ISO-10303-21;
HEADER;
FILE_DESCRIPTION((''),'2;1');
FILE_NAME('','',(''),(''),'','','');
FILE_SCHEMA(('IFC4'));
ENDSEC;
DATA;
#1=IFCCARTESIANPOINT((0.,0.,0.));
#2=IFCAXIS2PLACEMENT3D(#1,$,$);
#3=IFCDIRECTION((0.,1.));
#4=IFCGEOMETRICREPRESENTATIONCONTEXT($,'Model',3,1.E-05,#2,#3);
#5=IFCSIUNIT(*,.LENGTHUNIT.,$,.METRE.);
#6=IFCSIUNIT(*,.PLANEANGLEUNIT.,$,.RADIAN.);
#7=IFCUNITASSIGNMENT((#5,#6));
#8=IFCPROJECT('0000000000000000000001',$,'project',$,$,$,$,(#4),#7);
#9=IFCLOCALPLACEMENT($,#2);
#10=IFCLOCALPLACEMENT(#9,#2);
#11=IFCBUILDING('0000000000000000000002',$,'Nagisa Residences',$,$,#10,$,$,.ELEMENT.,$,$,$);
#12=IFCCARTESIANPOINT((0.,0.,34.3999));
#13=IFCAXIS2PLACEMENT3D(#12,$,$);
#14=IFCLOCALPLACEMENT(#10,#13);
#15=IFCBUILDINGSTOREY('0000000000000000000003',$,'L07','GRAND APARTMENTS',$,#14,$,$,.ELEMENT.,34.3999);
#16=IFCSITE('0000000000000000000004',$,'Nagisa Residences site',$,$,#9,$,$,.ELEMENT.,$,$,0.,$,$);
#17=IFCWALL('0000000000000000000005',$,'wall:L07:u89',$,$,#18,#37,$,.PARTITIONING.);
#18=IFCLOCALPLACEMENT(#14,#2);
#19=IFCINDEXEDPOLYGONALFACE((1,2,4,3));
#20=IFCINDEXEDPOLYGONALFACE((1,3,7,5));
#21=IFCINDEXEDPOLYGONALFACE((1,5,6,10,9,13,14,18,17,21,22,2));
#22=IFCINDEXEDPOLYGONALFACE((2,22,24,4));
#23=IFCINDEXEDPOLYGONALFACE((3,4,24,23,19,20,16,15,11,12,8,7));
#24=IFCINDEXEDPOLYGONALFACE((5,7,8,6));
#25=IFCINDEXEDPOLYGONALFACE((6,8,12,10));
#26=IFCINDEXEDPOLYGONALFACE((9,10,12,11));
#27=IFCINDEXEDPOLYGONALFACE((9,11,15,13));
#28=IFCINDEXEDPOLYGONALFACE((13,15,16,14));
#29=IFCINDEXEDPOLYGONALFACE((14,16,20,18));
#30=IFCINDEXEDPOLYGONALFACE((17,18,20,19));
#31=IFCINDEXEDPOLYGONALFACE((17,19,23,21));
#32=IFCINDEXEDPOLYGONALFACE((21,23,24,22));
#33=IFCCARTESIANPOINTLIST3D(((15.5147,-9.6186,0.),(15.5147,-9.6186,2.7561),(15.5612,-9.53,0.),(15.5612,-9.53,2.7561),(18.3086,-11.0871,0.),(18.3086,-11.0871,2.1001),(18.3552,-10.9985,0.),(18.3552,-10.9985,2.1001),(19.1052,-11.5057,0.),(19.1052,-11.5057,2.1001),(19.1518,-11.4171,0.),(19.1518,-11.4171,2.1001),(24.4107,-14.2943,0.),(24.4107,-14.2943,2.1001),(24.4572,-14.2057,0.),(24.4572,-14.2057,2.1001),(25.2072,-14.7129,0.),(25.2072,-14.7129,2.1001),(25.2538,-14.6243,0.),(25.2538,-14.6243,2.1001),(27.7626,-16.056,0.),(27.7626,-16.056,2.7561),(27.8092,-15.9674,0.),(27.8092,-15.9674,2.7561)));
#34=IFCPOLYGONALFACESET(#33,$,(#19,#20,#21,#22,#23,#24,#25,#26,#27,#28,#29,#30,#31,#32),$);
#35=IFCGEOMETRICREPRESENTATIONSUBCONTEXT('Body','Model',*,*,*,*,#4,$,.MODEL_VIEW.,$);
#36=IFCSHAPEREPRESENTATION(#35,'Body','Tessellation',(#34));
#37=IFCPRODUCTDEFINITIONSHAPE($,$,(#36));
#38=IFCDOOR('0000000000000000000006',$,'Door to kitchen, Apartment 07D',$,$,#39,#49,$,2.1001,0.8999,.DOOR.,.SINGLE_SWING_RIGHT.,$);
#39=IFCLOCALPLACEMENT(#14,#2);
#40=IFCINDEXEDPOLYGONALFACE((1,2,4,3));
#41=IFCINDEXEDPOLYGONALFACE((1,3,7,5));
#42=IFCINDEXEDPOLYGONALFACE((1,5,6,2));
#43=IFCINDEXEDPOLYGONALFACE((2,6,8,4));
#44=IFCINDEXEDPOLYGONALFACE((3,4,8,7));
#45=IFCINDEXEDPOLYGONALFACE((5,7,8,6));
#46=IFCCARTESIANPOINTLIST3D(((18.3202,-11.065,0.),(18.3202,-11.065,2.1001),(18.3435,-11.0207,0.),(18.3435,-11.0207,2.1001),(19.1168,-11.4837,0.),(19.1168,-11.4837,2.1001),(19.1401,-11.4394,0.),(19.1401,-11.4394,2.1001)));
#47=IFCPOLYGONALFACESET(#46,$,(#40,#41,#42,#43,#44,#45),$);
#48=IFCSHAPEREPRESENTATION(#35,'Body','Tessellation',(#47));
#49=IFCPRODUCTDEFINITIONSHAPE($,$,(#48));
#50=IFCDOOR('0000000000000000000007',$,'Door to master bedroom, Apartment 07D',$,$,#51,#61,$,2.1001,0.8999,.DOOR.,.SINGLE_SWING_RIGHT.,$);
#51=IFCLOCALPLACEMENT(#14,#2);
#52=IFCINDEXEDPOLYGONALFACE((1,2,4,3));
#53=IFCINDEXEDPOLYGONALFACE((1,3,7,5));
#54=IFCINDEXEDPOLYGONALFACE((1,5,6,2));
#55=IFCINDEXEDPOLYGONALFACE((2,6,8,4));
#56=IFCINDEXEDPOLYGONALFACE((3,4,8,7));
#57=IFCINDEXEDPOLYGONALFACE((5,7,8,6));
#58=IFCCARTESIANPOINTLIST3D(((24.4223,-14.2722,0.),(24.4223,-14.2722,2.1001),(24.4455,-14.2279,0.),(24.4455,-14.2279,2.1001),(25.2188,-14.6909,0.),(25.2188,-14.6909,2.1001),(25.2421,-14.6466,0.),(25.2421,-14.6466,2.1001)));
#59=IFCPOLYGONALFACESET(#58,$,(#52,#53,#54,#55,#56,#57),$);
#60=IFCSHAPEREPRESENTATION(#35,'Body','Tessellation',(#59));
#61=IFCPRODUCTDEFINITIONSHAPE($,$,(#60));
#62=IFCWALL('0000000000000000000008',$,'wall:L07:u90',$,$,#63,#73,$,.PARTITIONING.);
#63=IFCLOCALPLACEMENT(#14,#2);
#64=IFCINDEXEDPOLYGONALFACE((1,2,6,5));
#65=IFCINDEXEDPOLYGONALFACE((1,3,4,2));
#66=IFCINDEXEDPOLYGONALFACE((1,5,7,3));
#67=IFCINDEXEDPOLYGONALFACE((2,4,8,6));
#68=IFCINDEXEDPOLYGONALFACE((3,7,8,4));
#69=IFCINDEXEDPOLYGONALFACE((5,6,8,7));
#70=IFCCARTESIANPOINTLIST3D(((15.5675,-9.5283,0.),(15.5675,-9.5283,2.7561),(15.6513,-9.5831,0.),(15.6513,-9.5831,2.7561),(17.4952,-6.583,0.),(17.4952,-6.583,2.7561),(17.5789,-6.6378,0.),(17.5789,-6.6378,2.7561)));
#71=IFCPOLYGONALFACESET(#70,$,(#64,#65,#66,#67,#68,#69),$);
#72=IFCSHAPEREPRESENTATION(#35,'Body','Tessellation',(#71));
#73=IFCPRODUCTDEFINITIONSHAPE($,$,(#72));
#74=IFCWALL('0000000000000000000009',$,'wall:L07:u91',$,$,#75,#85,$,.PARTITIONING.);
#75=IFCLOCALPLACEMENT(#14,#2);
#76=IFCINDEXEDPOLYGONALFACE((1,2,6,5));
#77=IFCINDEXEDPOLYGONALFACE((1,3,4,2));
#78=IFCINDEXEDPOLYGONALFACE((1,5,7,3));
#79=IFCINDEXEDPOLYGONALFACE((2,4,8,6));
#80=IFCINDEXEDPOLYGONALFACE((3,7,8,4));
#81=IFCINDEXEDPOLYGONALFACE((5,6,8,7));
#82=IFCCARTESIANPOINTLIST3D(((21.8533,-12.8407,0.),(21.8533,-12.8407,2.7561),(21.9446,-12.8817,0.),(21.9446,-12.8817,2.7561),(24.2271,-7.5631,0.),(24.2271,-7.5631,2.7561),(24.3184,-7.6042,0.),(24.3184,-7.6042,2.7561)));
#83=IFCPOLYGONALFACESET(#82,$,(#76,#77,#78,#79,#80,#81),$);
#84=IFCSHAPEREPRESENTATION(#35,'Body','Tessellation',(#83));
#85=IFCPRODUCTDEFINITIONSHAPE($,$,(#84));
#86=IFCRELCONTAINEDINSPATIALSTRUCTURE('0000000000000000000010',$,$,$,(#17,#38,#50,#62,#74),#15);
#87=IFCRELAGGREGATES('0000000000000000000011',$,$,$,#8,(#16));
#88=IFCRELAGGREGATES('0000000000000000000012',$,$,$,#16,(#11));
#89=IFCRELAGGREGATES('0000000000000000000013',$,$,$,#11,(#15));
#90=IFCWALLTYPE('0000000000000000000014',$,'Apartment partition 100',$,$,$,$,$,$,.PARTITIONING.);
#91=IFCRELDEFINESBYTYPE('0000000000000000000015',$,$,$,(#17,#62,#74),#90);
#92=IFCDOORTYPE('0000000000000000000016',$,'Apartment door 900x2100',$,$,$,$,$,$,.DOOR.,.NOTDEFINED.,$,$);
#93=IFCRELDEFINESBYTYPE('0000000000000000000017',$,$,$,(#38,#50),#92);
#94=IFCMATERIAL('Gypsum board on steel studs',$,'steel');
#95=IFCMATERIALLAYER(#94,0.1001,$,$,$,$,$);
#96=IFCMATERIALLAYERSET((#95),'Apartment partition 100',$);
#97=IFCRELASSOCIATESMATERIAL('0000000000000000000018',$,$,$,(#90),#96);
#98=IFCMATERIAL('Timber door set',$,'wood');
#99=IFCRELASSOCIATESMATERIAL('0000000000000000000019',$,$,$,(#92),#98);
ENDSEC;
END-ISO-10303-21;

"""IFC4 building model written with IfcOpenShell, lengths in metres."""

from ifc_helpers import new_model, si_unit, direction, frame, frame_2d, origin, place, context, subcontext, project, spatial, rectangle, extrude, material, layer, layer_set, type_object, element, fill, save


model = new_model("IFC4")

# Units and contexts
model_context = context("Model", 3, precision=1e-05, world=origin(), true_north=direction((0.0, 1.0)))
body_context = subcontext(model_context, "Body", "Model", "MODEL_VIEW")
ifc_project = project(units=[si_unit("LENGTHUNIT", "METRE"), si_unit("PLANEANGLEUNIT", "RADIAN")], contexts=[model_context])

# Site, building, storey
site_placement = place(None, origin())
site = spatial("IfcSite", under=ifc_project, at=site_placement, Name="Nagisa Residences site", CompositionType="ELEMENT", RefElevation=0.0)
building_placement = place(site_placement, origin())
building = spatial("IfcBuilding", under=site, at=building_placement, Name="Nagisa Residences", CompositionType="ELEMENT")
storey_placement = place(building_placement, frame((0.0, 0.0, 34.3999)))
storey = spatial("IfcBuildingStorey", under=building, at=storey_placement, Name="L07", Description="GRAND APARTMENTS", CompositionType="ELEMENT", Elevation=34.3999)

# Shared definitions
ifc_material_1 = material(Name="Gypsum board on steel studs", Category="steel")
ifc_layer_1 = layer(ifc_material_1, 0.1001)
ifc_layer_set_1 = layer_set([ifc_layer_1], Name="Apartment partition 100")
wall_type_1 = type_object("IfcWallType", Name="Apartment partition 100", PredefinedType="PARTITIONING", material=ifc_layer_set_1)
ifc_material_2 = material(Name="Timber door set", Category="wood")
door_type_1 = type_object("IfcDoorType", Name="Apartment door 900x2100", OperationType="NOTDEFINED", PredefinedType="DOOR", material=ifc_material_2)

# Wall, openings, doors
wall_1_placement = place(storey_placement, frame((15.5378, -9.5742, 0.0), z_axis=(0.0, 0.0, 1.0), x_axis=(0.885181, -0.465246, 0.0)))
wall_1 = element("IfcWall", 1, at=wall_1_placement, inside=storey, type_object=wall_type_1, Name="wall:L07:u89", PredefinedType="PARTITIONING", context=body_context, shape_type="SweptSolid", body=[
    extrude(rectangle(XDim=13.8367, YDim=0.1001, at=frame_2d((6.9185, 0.0))), origin(), (0.0, 0.0, 1.0), 2.7561),
])
opening_1_placement = place(wall_1_placement, frame((3.1565, 0.0, 0.0)))
opening_1 = element("IfcOpeningElement", 2, at=opening_1_placement, cuts=wall_1, PredefinedType="OPENING", context=body_context, shape_type="SweptSolid", body=[
    extrude(rectangle(XDim=0.8999, YDim=2.1001, at=frame_2d((0.45, 1.05))), frame((0.0, 0.0601, 0.0), z_axis=(0.0, -1.0, 0.0), x_axis=(1.0, 0.0, 0.0)), (0.0, 0.0, 1.0), 0.1201),
])
opening_2_placement = place(wall_1_placement, frame((10.05, 0.0, 0.0)))
opening_2 = element("IfcOpeningElement", 3, at=opening_2_placement, cuts=wall_1, PredefinedType="OPENING", context=body_context, shape_type="SweptSolid", body=[
    extrude(rectangle(XDim=0.8999, YDim=2.1001, at=frame_2d((0.45, 1.05))), frame((0.0, 0.0601, 0.0), z_axis=(0.0, -1.0, 0.0), x_axis=(1.0, 0.0, 0.0)), (0.0, 0.0, 1.0), 0.1201),
])
door_1_placement = place(opening_1_placement, origin())
door_1 = element("IfcDoor", 4, at=door_1_placement, inside=storey, type_object=door_type_1, Name="Door to kitchen, Apartment 07D", OperationType="SINGLE_SWING_RIGHT", OverallHeight=2.1001, OverallWidth=0.8999, PredefinedType="DOOR", context=body_context, shape_type="SweptSolid", body=[
    extrude(rectangle(XDim=0.8999, YDim=2.1001, at=frame_2d((0.45, 1.05))), frame((0.0, 0.0249, 0.0), z_axis=(0.0, -1.0, 0.0), x_axis=(1.0, 0.0, 0.0)), (0.0, 0.0, 1.0), 0.05),
])
fill(opening_1, door_1)
door_2_placement = place(opening_2_placement, origin())
door_2 = element("IfcDoor", 5, at=door_2_placement, inside=storey, type_object=door_type_1, Name="Door to master bedroom, Apartment 07D", OperationType="SINGLE_SWING_RIGHT", OverallHeight=2.1001, OverallWidth=0.8999, PredefinedType="DOOR", context=body_context, shape_type="SweptSolid", body=[
    extrude(rectangle(XDim=0.8999, YDim=2.1001, at=frame_2d((0.45, 1.05))), frame((0.0, 0.0249, 0.0), z_axis=(0.0, -1.0, 0.0), x_axis=(1.0, 0.0, 0.0)), (0.0, 0.0, 1.0), 0.05),
])
fill(opening_2, door_2)

# Walls
wall_2_placement = place(storey_placement, frame((15.6094, -9.5557, 0.0), z_axis=(0.0, 0.0, 1.0), x_axis=(0.547638, 0.836715, 0.0)))
element("IfcWall", 6, at=wall_2_placement, inside=storey, type_object=wall_type_1, Name="wall:L07:u90", PredefinedType="PARTITIONING", context=body_context, shape_type="SweptSolid", body=[
    extrude(rectangle(XDim=3.52, YDim=0.1001, at=frame_2d((1.76, 0.0))), origin(), (0.0, 0.0, 1.0), 2.7561),
])
wall_3_placement = place(storey_placement, frame((21.8989, -12.8613, 0.0), z_axis=(0.0, 0.0, 1.0), x_axis=(0.410202, 0.911995, 0.0)))
element("IfcWall", 7, at=wall_3_placement, inside=storey, type_object=wall_type_1, Name="wall:L07:u91", PredefinedType="PARTITIONING", context=body_context, shape_type="SweptSolid", body=[
    extrude(rectangle(XDim=5.7869, YDim=0.1001, at=frame_2d((2.8936, 0.0))), origin(), (0.0, 0.0, 1.0), 2.7561),
])

save(model, "model.ifc")
